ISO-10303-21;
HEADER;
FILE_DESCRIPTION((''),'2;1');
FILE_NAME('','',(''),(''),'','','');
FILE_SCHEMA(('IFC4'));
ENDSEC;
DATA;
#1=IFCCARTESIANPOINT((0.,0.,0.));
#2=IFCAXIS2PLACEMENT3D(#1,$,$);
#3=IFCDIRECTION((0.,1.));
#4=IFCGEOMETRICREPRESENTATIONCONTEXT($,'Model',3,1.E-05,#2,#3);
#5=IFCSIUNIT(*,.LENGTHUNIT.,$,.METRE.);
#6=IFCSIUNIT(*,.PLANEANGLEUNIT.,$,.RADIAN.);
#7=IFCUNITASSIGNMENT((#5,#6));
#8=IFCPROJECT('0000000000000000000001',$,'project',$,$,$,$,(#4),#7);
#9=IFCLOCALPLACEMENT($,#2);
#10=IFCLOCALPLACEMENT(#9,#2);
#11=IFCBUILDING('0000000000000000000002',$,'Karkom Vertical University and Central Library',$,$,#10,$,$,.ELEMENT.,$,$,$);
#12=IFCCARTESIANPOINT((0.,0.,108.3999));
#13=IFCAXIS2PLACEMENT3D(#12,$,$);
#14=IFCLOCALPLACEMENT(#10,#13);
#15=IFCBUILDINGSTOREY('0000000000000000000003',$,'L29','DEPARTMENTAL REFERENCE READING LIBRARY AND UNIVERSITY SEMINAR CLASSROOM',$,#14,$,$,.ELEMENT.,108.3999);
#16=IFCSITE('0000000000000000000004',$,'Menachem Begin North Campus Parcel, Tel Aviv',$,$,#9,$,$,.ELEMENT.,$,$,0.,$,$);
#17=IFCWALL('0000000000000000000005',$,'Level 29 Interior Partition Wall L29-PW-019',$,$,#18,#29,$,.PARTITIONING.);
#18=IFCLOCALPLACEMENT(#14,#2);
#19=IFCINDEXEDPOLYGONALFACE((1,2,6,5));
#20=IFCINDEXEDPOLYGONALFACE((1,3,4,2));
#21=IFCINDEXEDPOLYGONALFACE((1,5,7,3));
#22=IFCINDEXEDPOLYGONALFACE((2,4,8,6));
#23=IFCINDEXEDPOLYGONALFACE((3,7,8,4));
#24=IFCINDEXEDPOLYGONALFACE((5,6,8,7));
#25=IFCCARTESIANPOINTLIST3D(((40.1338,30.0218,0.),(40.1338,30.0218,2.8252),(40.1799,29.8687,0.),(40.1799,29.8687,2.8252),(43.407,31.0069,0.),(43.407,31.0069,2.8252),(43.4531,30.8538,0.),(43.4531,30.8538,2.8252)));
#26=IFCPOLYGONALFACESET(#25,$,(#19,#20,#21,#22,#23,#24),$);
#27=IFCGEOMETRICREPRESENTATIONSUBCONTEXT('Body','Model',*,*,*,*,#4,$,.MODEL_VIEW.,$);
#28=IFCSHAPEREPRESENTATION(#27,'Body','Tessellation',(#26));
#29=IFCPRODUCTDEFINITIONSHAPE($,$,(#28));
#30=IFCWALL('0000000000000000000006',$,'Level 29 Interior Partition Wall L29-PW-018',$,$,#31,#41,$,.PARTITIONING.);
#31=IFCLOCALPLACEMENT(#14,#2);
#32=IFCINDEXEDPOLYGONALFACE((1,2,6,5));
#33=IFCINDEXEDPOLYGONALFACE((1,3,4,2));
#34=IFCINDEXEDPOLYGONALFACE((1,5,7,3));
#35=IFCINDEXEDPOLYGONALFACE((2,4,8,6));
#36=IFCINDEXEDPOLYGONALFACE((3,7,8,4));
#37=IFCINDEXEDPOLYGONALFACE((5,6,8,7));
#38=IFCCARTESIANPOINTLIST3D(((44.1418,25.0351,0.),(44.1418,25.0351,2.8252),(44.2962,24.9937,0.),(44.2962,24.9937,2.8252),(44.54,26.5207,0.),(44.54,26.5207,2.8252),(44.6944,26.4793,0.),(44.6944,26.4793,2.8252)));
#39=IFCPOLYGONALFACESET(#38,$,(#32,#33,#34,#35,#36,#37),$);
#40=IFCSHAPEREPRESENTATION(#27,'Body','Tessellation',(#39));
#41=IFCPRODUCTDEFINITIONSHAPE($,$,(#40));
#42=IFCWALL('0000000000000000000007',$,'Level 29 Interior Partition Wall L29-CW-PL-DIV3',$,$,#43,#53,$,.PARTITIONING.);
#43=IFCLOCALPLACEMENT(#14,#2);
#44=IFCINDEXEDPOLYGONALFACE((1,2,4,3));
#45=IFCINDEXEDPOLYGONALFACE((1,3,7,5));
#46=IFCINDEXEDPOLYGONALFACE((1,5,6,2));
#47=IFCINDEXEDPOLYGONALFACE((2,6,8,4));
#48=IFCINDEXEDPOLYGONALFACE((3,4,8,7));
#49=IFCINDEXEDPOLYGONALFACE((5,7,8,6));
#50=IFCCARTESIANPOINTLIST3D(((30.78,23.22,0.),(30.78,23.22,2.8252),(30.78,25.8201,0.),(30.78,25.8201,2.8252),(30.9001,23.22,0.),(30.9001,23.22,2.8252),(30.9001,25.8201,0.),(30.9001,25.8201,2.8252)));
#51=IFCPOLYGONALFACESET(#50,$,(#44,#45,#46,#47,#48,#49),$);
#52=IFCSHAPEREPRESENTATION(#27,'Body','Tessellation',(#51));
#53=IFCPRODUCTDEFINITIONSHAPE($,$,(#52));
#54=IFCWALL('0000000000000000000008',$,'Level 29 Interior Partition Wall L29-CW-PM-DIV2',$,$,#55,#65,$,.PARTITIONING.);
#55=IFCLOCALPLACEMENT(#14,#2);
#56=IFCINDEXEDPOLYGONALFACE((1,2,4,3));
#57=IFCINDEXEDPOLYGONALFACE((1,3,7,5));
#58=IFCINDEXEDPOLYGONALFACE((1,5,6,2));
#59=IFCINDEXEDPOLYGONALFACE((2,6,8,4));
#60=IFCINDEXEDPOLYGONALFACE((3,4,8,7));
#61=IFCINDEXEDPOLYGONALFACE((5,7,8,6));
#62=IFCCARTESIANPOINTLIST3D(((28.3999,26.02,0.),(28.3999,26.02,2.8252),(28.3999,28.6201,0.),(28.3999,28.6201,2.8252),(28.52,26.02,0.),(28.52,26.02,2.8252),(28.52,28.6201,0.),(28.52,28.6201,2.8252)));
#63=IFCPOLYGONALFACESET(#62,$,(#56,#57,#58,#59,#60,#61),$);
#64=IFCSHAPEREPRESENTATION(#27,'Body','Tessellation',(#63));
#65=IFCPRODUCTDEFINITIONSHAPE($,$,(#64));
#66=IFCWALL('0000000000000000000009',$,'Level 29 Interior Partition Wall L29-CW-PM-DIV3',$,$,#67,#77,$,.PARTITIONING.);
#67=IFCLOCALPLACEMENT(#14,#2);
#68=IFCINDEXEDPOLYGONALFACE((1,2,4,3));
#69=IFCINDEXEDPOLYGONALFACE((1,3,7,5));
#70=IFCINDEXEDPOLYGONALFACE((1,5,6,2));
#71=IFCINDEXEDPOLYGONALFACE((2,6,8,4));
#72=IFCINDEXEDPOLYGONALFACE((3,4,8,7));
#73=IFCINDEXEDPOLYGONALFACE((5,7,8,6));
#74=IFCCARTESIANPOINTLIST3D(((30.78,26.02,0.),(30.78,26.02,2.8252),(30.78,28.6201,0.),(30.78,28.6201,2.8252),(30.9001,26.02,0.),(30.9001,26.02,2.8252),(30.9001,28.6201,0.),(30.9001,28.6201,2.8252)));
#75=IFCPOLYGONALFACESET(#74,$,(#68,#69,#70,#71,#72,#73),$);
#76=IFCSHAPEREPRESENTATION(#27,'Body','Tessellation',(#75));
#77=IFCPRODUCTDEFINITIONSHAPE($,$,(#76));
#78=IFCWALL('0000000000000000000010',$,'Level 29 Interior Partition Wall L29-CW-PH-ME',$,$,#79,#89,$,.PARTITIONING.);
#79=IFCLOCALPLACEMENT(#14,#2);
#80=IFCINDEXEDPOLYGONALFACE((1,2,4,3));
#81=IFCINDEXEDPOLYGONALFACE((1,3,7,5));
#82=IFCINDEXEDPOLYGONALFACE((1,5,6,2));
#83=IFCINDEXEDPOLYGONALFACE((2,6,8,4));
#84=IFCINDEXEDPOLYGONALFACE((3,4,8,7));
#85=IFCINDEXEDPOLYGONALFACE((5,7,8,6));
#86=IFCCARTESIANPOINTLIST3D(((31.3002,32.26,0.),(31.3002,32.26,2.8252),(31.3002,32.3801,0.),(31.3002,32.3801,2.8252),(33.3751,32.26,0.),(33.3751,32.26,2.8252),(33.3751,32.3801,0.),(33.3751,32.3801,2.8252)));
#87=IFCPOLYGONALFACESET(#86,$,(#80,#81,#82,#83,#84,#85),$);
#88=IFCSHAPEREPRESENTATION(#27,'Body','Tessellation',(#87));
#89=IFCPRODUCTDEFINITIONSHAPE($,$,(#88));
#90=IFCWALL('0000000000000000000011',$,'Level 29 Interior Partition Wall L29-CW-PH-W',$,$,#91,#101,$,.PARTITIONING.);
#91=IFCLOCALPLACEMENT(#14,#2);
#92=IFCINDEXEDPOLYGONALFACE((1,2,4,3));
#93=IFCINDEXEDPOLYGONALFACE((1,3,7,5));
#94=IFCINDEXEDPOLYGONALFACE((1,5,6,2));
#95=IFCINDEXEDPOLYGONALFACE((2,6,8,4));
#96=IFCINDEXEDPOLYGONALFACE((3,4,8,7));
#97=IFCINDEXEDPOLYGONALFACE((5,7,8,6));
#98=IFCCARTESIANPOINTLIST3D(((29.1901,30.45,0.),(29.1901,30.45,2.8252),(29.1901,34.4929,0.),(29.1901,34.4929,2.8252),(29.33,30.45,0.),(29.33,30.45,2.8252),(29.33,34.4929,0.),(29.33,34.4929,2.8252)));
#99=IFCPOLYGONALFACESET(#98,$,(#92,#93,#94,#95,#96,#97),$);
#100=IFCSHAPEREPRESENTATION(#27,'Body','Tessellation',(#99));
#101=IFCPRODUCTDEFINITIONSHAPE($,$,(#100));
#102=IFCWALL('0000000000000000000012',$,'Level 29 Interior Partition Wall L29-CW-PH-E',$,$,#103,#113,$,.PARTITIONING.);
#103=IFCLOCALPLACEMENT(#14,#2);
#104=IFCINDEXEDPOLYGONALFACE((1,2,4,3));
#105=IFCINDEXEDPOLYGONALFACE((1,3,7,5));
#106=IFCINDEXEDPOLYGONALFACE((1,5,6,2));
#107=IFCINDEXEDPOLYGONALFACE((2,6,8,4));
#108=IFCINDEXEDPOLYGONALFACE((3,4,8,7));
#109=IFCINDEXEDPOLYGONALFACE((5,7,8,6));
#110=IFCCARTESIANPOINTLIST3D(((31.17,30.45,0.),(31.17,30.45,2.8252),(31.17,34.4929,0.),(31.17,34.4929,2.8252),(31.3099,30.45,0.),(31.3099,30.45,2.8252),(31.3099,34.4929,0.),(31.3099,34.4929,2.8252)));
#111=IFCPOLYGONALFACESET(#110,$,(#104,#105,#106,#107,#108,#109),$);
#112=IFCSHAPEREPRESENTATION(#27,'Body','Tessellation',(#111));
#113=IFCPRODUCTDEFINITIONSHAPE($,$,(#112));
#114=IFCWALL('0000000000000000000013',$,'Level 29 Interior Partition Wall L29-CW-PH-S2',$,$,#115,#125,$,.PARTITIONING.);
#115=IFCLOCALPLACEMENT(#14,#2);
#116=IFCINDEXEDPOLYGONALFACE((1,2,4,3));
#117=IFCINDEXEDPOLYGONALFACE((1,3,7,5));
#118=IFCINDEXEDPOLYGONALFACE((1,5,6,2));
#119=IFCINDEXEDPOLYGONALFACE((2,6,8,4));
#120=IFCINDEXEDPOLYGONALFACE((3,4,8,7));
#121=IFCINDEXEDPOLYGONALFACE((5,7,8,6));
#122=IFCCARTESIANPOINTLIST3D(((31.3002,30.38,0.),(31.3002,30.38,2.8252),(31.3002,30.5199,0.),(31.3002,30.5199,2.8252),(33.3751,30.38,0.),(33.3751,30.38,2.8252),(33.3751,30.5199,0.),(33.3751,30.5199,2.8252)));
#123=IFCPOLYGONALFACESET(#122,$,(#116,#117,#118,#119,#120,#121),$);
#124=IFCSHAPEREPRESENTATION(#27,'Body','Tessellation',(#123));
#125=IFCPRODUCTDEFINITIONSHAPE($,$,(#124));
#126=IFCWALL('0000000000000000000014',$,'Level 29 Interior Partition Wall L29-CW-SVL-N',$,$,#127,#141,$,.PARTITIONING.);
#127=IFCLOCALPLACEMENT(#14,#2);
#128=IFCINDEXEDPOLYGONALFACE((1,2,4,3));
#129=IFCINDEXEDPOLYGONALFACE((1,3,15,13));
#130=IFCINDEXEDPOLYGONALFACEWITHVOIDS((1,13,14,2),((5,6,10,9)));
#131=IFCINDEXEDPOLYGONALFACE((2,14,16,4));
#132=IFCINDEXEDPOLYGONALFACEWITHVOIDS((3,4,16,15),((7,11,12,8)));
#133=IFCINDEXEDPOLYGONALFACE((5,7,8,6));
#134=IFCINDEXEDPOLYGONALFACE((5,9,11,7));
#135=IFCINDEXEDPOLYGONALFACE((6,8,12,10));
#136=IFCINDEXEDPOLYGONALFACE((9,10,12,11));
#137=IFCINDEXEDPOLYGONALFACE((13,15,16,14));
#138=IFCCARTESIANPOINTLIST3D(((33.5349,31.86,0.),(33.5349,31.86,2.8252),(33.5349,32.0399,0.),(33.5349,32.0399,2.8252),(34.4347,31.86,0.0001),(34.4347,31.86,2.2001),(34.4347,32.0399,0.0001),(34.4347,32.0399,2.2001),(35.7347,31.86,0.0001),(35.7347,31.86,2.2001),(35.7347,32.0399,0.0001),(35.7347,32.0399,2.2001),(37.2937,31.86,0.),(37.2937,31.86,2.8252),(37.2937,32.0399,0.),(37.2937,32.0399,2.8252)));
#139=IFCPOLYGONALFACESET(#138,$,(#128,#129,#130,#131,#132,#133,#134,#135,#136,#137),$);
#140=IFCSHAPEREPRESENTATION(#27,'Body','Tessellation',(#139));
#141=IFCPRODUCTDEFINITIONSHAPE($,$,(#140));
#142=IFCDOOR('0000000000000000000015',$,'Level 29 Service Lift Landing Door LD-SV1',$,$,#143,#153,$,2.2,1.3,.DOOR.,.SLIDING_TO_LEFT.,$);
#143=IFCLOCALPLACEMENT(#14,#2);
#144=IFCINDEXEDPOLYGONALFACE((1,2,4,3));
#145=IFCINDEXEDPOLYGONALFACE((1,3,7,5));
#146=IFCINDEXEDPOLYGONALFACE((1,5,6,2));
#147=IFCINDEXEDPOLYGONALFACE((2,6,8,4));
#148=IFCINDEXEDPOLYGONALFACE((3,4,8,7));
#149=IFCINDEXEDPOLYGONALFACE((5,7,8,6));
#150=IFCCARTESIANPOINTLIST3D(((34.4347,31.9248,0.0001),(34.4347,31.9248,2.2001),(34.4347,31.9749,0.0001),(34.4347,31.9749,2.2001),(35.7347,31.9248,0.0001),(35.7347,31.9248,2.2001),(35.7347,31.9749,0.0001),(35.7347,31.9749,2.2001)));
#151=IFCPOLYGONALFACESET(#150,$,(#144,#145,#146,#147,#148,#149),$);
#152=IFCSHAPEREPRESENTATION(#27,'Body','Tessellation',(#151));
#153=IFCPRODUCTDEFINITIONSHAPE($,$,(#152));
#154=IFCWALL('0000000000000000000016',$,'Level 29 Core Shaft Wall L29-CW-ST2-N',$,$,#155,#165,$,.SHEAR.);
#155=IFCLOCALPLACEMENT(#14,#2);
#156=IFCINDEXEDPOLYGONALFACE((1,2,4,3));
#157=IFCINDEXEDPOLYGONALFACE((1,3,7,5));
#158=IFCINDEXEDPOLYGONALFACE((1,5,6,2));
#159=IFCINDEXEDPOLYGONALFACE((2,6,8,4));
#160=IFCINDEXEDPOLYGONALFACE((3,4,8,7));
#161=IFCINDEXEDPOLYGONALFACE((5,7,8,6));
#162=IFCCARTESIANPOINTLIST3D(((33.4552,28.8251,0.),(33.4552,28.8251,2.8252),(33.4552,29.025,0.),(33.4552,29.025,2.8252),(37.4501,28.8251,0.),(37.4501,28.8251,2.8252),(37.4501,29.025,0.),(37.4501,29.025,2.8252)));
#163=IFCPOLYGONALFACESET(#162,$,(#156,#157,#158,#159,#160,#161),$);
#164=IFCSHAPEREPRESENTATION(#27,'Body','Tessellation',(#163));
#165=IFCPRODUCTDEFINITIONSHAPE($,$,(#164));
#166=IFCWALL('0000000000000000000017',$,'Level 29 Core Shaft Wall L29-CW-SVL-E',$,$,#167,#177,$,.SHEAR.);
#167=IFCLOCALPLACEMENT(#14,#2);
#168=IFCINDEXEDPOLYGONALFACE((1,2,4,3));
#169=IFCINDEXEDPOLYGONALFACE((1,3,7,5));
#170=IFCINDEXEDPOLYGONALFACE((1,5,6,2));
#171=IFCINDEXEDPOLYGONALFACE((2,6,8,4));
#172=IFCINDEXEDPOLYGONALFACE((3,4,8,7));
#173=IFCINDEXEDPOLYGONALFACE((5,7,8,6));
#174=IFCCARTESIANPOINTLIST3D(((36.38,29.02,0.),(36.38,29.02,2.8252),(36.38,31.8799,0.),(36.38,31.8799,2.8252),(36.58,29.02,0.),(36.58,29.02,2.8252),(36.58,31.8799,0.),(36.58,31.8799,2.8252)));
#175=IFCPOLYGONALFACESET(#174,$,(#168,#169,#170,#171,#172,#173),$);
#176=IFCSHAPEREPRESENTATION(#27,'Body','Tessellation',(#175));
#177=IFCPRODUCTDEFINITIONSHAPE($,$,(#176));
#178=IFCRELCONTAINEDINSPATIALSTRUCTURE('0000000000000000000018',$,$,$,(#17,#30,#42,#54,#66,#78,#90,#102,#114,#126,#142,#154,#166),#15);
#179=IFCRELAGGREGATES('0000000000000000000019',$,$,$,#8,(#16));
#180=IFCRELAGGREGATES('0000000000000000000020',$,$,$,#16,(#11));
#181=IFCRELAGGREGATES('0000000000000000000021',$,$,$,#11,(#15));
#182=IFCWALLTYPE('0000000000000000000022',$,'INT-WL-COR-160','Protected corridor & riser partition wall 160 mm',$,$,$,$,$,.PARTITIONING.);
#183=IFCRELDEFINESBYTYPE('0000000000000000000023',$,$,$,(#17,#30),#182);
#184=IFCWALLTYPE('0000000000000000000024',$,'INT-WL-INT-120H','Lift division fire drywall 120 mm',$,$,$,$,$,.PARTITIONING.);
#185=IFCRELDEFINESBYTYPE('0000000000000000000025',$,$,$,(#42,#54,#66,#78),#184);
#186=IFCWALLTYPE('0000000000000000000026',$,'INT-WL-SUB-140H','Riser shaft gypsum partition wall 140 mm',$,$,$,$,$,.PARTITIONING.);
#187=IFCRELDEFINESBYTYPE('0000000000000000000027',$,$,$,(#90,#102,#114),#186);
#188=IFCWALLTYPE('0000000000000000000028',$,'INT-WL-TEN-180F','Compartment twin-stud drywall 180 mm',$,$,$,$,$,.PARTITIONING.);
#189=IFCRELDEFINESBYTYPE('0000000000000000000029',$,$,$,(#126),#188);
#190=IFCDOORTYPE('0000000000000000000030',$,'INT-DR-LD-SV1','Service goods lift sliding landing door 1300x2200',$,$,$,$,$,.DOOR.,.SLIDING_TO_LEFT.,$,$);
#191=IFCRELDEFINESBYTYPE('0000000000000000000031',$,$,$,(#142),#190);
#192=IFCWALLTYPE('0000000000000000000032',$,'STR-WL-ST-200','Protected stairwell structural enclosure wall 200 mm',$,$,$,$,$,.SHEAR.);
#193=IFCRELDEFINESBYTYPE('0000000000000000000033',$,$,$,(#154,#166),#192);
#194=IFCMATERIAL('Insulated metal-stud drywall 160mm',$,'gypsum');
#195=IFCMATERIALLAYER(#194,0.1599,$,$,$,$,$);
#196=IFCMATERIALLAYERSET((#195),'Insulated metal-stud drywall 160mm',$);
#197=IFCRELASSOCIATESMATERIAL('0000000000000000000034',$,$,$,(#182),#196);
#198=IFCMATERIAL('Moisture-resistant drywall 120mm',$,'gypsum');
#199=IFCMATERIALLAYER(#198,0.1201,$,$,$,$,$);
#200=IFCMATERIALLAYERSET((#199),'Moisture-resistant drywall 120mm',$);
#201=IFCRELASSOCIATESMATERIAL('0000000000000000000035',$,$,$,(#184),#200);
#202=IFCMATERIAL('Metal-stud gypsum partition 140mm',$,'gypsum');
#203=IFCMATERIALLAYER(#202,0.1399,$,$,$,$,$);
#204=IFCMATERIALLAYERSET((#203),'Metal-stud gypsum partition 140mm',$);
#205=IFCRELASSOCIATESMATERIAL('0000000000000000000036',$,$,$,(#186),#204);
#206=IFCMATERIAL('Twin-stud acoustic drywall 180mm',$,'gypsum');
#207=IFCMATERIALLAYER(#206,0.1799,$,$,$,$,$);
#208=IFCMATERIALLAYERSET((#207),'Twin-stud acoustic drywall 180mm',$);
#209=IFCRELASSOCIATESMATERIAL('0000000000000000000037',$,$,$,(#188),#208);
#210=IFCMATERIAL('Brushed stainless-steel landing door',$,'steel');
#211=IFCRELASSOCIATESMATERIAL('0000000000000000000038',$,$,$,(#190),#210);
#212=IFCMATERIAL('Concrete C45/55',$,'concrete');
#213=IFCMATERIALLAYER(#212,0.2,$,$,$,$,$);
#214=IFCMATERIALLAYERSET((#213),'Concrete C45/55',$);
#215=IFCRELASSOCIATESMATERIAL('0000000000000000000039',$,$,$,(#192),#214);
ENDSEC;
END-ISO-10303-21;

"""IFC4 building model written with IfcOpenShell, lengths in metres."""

from ifc_helpers import new_model, si_unit, direction, frame, frame_2d, origin, origin_with_axes, place, context, subcontext, project, spatial, rectangle, extrude, source, transform, mapped, material, layer, layer_set, type_object, element, fill, save


model = new_model("IFC4")

# Units and contexts
model_context = context("Model", 3, precision=1e-05, world=origin(), true_north=direction((0.0, 1.0)))
body_context = subcontext(model_context, "Body", "Model", "MODEL_VIEW")
ifc_project = project(units=[si_unit("LENGTHUNIT", "METRE"), si_unit("PLANEANGLEUNIT", "RADIAN")], contexts=[model_context])

# Site, building, storey
site_placement = place(None, origin())
site = spatial("IfcSite", under=ifc_project, at=site_placement, Name="Menachem Begin North Campus Parcel, Tel Aviv", CompositionType="ELEMENT", RefElevation=0.0)
building_placement = place(site_placement, origin())
building = spatial("IfcBuilding", under=site, at=building_placement, Name="Karkom Vertical University and Central Library", CompositionType="ELEMENT")
storey_placement = place(building_placement, frame((0.0, 0.0, 108.3999)))
storey = spatial("IfcBuildingStorey", under=building, at=storey_placement, Name="L29", Description="DEPARTMENTAL REFERENCE READING LIBRARY AND UNIVERSITY SEMINAR CLASSROOM", CompositionType="ELEMENT", Elevation=108.3999)

# Shared definitions
ifc_material_1 = material(Name="Insulated metal-stud drywall 160mm", Category="gypsum")
ifc_layer_1 = layer(ifc_material_1, 0.1599)
ifc_layer_set_1 = layer_set([ifc_layer_1], Name="Insulated metal-stud drywall 160mm")
wall_type_1 = type_object("IfcWallType", Name="INT-WL-COR-160", Description="Protected corridor & riser partition wall 160 mm", PredefinedType="PARTITIONING", material=ifc_layer_set_1)

# Walls
wall_1_placement = place(storey_placement, frame((40.157, 29.9453, 0.0), z_axis=(0.0, 0.0, 1.0), x_axis=(0.957572, 0.288193, 0.0)))
element("IfcWall", 1, at=wall_1_placement, inside=storey, type_object=wall_type_1, Name="Level 29 Interior Partition Wall L29-PW-019", PredefinedType="PARTITIONING", context=body_context, shape_type="SweptSolid", body=[
    extrude(rectangle(XDim=3.4182, YDim=0.1599, at=frame_2d((1.709, 0.0))), origin(), (0.0, 0.0, 1.0), 2.8252),
])
wall_2_placement = place(storey_placement, frame((44.6172, 26.5, 0.0), z_axis=(0.0, 0.0, 1.0), x_axis=(-0.258897, -0.965905, 0.0)))
element("IfcWall", 2, at=wall_2_placement, inside=storey, type_object=wall_type_1, Name="Level 29 Interior Partition Wall L29-PW-018", PredefinedType="PARTITIONING", context=body_context, shape_type="SweptSolid", body=[
    extrude(rectangle(XDim=1.5381, YDim=0.1599, at=frame_2d((0.769, 0.0))), origin(), (0.0, 0.0, 1.0), 2.8252),
])
ifc_material_2 = material(Name="Moisture-resistant drywall 120mm", Category="gypsum")
ifc_layer_2 = layer(ifc_material_2, 0.1201)
ifc_layer_set_2 = layer_set([ifc_layer_2], Name="Moisture-resistant drywall 120mm")
wall_type_2 = type_object("IfcWallType", Name="INT-WL-INT-120H", Description="Lift division fire drywall 120 mm", PredefinedType="PARTITIONING", material=ifc_layer_set_2)
for number, where, z_axis, x_axis, name in (
    (3, (30.8401, 23.22, 0.0), (0.0, 0.0, 1.0), (0.0, 1.0, 0.0), "Level 29 Interior Partition Wall L29-CW-PL-DIV3"),
    (4, (28.46, 26.02, 0.0), (0.0, 0.0, 1.0), (0.0, 1.0, 0.0), "Level 29 Interior Partition Wall L29-CW-PM-DIV2"),
    (5, (30.8401, 26.02, 0.0), (0.0, 0.0, 1.0), (0.0, 1.0, 0.0), "Level 29 Interior Partition Wall L29-CW-PM-DIV3"),
):
    element("IfcWall", number, at=place(storey_placement, frame(where, z_axis=z_axis, x_axis=x_axis)), inside=storey, type_object=wall_type_2, Name=name, PredefinedType="PARTITIONING", context=body_context, shape_type="SweptSolid", body=[
        extrude(rectangle(XDim=2.6001, YDim=0.1201, at=frame_2d((1.3, 0.0))), origin(), (0.0, 0.0, 1.0), 2.8252),
    ])
wall_3_placement = place(storey_placement, frame((31.3, 32.3201, 0.0), z_axis=(0.0, 0.0, 1.0), x_axis=(1.0, 0.0, 0.0)))
element("IfcWall", 6, at=wall_3_placement, inside=storey, type_object=wall_type_2, Name="Level 29 Interior Partition Wall L29-CW-PH-ME", PredefinedType="PARTITIONING", context=body_context, shape_type="SweptSolid", body=[
    extrude(rectangle(XDim=2.075, YDim=0.1201, at=frame_2d((1.0376, 0.0))), origin(), (0.0, 0.0, 1.0), 2.8252),
])
ifc_material_3 = material(Name="Metal-stud gypsum partition 140mm", Category="gypsum")
ifc_layer_3 = layer(ifc_material_3, 0.1399)
ifc_layer_set_3 = layer_set([ifc_layer_3], Name="Metal-stud gypsum partition 140mm")
wall_type_3 = type_object("IfcWallType", Name="INT-WL-SUB-140H", Description="Riser shaft gypsum partition wall 140 mm", PredefinedType="PARTITIONING", material=ifc_layer_set_3)
for number, where, z_axis, x_axis, name in (
    (7, (29.26, 30.45, 0.0), (0.0, 0.0, 1.0), (0.0, 1.0, 0.0), "Level 29 Interior Partition Wall L29-CW-PH-W"),
    (8, (31.24, 30.45, 0.0), (0.0, 0.0, 1.0), (0.0, 1.0, 0.0), "Level 29 Interior Partition Wall L29-CW-PH-E"),
):
    element("IfcWall", number, at=place(storey_placement, frame(where, z_axis=z_axis, x_axis=x_axis)), inside=storey, type_object=wall_type_3, Name=name, PredefinedType="PARTITIONING", context=body_context, shape_type="SweptSolid", body=[
        extrude(rectangle(XDim=4.043, YDim=0.1399, at=frame_2d((2.0215, 0.0))), origin(), (0.0, 0.0, 1.0), 2.8252),
    ])
wall_4_placement = place(storey_placement, frame((31.3, 30.45, 0.0), z_axis=(0.0, 0.0, 1.0), x_axis=(1.0, 0.0, 0.0)))
element("IfcWall", 9, at=wall_4_placement, inside=storey, type_object=wall_type_3, Name="Level 29 Interior Partition Wall L29-CW-PH-S2", PredefinedType="PARTITIONING", context=body_context, shape_type="SweptSolid", body=[
    extrude(rectangle(XDim=2.075, YDim=0.1399, at=frame_2d((1.0376, 0.0))), origin(), (0.0, 0.0, 1.0), 2.8252),
])

# Wall, opening, door
ifc_material_4 = material(Name="Twin-stud acoustic drywall 180mm", Category="gypsum")
ifc_layer_4 = layer(ifc_material_4, 0.1799)
ifc_layer_set_4 = layer_set([ifc_layer_4], Name="Twin-stud acoustic drywall 180mm")
wall_type_4 = type_object("IfcWallType", Name="INT-WL-TEN-180F", Description="Compartment twin-stud drywall 180 mm", PredefinedType="PARTITIONING", material=ifc_layer_set_4)
wall_5_placement = place(storey_placement, frame((33.5349, 31.95, 0.0), z_axis=(0.0, 0.0, 1.0), x_axis=(1.0, 0.0, 0.0)))
wall_5 = element("IfcWall", 10, at=wall_5_placement, inside=storey, type_object=wall_type_4, Name="Level 29 Interior Partition Wall L29-CW-SVL-N", PredefinedType="PARTITIONING", context=body_context, shape_type="SweptSolid", body=[
    extrude(rectangle(XDim=3.7588, YDim=0.1799, at=frame_2d((1.8794, 0.0))), origin(), (0.0, 0.0, 1.0), 2.8252),
])
opening_1_placement = place(wall_5_placement, frame((0.8999, 0.0, 0.0)))
opening_1 = element("IfcOpeningElement", 11, at=opening_1_placement, cuts=wall_5, PredefinedType="OPENING", context=body_context, shape_type="SweptSolid", body=[
    extrude(rectangle(XDim=1.3, YDim=2.2, at=frame_2d((0.6499, 1.1001))), frame((0.0, 0.1001, 0.0), z_axis=(0.0, -1.0, 0.0), x_axis=(1.0, 0.0, 0.0)), (0.0, 0.0, 1.0), 0.2),
])
ifc_material_5 = material(Name="Brushed stainless-steel landing door", Category="steel")
door_type_1 = type_object("IfcDoorType", Name="INT-DR-LD-SV1", Description="Service goods lift sliding landing door 1300x2200", OperationType="SLIDING_TO_LEFT", PredefinedType="DOOR", material=ifc_material_5)
shared_shape_1 = source(origin_with_axes(), body_context, "Body", "SweptSolid", [
    extrude(rectangle(XDim=1.3, YDim=2.2, at=frame_2d((0.6499, 1.1001))), frame((0.0, 0.0249, 0.0), z_axis=(0.0, -1.0, 0.0), x_axis=(1.0, 0.0, 0.0)), (0.0, 0.0, 1.0), 0.05),
])
door_1_placement = place(opening_1_placement, origin())
door_1 = element("IfcDoor", 12, at=door_1_placement, inside=storey, type_object=door_type_1, Name="Level 29 Service Lift Landing Door LD-SV1", OperationType="SLIDING_TO_LEFT", OverallHeight=2.2, OverallWidth=1.3, PredefinedType="DOOR", context=body_context, shape_type="MappedRepresentation", body=[
    mapped(shared_shape_1, transform((0.0, 0.0, 0.0), scale=1.0)),
])
fill(opening_1, door_1)

# Walls
ifc_material_6 = material(Name="Concrete C45/55", Category="concrete")
ifc_layer_5 = layer(ifc_material_6, 0.2)
ifc_layer_set_5 = layer_set([ifc_layer_5], Name="Concrete C45/55")
wall_type_5 = type_object("IfcWallType", Name="STR-WL-ST-200", Description="Protected stairwell structural enclosure wall 200 mm", PredefinedType="SHEAR", material=ifc_layer_set_5)
wall_6_placement = place(storey_placement, frame((33.4551, 28.925, 0.0), z_axis=(0.0, 0.0, 1.0), x_axis=(1.0, 0.0, 0.0)))
element("IfcWall", 13, at=wall_6_placement, inside=storey, type_object=wall_type_5, Name="Level 29 Core Shaft Wall L29-CW-ST2-N", PredefinedType="SHEAR", context=body_context, shape_type="SweptSolid", body=[
    extrude(rectangle(XDim=3.9949, YDim=0.2, at=frame_2d((1.9976, 0.0))), origin(), (0.0, 0.0, 1.0), 2.8252),
])
wall_7_placement = place(storey_placement, frame((36.48, 29.02, 0.0), z_axis=(0.0, 0.0, 1.0), x_axis=(0.0, 1.0, 0.0)))
element("IfcWall", 14, at=wall_7_placement, inside=storey, type_object=wall_type_5, Name="Level 29 Core Shaft Wall L29-CW-SVL-E", PredefinedType="SHEAR", context=body_context, shape_type="SweptSolid", body=[
    extrude(rectangle(XDim=2.8599, YDim=0.2, at=frame_2d((1.4299, 0.0))), origin(), (0.0, 0.0, 1.0), 2.8252),
])

save(model, "model.ifc")
